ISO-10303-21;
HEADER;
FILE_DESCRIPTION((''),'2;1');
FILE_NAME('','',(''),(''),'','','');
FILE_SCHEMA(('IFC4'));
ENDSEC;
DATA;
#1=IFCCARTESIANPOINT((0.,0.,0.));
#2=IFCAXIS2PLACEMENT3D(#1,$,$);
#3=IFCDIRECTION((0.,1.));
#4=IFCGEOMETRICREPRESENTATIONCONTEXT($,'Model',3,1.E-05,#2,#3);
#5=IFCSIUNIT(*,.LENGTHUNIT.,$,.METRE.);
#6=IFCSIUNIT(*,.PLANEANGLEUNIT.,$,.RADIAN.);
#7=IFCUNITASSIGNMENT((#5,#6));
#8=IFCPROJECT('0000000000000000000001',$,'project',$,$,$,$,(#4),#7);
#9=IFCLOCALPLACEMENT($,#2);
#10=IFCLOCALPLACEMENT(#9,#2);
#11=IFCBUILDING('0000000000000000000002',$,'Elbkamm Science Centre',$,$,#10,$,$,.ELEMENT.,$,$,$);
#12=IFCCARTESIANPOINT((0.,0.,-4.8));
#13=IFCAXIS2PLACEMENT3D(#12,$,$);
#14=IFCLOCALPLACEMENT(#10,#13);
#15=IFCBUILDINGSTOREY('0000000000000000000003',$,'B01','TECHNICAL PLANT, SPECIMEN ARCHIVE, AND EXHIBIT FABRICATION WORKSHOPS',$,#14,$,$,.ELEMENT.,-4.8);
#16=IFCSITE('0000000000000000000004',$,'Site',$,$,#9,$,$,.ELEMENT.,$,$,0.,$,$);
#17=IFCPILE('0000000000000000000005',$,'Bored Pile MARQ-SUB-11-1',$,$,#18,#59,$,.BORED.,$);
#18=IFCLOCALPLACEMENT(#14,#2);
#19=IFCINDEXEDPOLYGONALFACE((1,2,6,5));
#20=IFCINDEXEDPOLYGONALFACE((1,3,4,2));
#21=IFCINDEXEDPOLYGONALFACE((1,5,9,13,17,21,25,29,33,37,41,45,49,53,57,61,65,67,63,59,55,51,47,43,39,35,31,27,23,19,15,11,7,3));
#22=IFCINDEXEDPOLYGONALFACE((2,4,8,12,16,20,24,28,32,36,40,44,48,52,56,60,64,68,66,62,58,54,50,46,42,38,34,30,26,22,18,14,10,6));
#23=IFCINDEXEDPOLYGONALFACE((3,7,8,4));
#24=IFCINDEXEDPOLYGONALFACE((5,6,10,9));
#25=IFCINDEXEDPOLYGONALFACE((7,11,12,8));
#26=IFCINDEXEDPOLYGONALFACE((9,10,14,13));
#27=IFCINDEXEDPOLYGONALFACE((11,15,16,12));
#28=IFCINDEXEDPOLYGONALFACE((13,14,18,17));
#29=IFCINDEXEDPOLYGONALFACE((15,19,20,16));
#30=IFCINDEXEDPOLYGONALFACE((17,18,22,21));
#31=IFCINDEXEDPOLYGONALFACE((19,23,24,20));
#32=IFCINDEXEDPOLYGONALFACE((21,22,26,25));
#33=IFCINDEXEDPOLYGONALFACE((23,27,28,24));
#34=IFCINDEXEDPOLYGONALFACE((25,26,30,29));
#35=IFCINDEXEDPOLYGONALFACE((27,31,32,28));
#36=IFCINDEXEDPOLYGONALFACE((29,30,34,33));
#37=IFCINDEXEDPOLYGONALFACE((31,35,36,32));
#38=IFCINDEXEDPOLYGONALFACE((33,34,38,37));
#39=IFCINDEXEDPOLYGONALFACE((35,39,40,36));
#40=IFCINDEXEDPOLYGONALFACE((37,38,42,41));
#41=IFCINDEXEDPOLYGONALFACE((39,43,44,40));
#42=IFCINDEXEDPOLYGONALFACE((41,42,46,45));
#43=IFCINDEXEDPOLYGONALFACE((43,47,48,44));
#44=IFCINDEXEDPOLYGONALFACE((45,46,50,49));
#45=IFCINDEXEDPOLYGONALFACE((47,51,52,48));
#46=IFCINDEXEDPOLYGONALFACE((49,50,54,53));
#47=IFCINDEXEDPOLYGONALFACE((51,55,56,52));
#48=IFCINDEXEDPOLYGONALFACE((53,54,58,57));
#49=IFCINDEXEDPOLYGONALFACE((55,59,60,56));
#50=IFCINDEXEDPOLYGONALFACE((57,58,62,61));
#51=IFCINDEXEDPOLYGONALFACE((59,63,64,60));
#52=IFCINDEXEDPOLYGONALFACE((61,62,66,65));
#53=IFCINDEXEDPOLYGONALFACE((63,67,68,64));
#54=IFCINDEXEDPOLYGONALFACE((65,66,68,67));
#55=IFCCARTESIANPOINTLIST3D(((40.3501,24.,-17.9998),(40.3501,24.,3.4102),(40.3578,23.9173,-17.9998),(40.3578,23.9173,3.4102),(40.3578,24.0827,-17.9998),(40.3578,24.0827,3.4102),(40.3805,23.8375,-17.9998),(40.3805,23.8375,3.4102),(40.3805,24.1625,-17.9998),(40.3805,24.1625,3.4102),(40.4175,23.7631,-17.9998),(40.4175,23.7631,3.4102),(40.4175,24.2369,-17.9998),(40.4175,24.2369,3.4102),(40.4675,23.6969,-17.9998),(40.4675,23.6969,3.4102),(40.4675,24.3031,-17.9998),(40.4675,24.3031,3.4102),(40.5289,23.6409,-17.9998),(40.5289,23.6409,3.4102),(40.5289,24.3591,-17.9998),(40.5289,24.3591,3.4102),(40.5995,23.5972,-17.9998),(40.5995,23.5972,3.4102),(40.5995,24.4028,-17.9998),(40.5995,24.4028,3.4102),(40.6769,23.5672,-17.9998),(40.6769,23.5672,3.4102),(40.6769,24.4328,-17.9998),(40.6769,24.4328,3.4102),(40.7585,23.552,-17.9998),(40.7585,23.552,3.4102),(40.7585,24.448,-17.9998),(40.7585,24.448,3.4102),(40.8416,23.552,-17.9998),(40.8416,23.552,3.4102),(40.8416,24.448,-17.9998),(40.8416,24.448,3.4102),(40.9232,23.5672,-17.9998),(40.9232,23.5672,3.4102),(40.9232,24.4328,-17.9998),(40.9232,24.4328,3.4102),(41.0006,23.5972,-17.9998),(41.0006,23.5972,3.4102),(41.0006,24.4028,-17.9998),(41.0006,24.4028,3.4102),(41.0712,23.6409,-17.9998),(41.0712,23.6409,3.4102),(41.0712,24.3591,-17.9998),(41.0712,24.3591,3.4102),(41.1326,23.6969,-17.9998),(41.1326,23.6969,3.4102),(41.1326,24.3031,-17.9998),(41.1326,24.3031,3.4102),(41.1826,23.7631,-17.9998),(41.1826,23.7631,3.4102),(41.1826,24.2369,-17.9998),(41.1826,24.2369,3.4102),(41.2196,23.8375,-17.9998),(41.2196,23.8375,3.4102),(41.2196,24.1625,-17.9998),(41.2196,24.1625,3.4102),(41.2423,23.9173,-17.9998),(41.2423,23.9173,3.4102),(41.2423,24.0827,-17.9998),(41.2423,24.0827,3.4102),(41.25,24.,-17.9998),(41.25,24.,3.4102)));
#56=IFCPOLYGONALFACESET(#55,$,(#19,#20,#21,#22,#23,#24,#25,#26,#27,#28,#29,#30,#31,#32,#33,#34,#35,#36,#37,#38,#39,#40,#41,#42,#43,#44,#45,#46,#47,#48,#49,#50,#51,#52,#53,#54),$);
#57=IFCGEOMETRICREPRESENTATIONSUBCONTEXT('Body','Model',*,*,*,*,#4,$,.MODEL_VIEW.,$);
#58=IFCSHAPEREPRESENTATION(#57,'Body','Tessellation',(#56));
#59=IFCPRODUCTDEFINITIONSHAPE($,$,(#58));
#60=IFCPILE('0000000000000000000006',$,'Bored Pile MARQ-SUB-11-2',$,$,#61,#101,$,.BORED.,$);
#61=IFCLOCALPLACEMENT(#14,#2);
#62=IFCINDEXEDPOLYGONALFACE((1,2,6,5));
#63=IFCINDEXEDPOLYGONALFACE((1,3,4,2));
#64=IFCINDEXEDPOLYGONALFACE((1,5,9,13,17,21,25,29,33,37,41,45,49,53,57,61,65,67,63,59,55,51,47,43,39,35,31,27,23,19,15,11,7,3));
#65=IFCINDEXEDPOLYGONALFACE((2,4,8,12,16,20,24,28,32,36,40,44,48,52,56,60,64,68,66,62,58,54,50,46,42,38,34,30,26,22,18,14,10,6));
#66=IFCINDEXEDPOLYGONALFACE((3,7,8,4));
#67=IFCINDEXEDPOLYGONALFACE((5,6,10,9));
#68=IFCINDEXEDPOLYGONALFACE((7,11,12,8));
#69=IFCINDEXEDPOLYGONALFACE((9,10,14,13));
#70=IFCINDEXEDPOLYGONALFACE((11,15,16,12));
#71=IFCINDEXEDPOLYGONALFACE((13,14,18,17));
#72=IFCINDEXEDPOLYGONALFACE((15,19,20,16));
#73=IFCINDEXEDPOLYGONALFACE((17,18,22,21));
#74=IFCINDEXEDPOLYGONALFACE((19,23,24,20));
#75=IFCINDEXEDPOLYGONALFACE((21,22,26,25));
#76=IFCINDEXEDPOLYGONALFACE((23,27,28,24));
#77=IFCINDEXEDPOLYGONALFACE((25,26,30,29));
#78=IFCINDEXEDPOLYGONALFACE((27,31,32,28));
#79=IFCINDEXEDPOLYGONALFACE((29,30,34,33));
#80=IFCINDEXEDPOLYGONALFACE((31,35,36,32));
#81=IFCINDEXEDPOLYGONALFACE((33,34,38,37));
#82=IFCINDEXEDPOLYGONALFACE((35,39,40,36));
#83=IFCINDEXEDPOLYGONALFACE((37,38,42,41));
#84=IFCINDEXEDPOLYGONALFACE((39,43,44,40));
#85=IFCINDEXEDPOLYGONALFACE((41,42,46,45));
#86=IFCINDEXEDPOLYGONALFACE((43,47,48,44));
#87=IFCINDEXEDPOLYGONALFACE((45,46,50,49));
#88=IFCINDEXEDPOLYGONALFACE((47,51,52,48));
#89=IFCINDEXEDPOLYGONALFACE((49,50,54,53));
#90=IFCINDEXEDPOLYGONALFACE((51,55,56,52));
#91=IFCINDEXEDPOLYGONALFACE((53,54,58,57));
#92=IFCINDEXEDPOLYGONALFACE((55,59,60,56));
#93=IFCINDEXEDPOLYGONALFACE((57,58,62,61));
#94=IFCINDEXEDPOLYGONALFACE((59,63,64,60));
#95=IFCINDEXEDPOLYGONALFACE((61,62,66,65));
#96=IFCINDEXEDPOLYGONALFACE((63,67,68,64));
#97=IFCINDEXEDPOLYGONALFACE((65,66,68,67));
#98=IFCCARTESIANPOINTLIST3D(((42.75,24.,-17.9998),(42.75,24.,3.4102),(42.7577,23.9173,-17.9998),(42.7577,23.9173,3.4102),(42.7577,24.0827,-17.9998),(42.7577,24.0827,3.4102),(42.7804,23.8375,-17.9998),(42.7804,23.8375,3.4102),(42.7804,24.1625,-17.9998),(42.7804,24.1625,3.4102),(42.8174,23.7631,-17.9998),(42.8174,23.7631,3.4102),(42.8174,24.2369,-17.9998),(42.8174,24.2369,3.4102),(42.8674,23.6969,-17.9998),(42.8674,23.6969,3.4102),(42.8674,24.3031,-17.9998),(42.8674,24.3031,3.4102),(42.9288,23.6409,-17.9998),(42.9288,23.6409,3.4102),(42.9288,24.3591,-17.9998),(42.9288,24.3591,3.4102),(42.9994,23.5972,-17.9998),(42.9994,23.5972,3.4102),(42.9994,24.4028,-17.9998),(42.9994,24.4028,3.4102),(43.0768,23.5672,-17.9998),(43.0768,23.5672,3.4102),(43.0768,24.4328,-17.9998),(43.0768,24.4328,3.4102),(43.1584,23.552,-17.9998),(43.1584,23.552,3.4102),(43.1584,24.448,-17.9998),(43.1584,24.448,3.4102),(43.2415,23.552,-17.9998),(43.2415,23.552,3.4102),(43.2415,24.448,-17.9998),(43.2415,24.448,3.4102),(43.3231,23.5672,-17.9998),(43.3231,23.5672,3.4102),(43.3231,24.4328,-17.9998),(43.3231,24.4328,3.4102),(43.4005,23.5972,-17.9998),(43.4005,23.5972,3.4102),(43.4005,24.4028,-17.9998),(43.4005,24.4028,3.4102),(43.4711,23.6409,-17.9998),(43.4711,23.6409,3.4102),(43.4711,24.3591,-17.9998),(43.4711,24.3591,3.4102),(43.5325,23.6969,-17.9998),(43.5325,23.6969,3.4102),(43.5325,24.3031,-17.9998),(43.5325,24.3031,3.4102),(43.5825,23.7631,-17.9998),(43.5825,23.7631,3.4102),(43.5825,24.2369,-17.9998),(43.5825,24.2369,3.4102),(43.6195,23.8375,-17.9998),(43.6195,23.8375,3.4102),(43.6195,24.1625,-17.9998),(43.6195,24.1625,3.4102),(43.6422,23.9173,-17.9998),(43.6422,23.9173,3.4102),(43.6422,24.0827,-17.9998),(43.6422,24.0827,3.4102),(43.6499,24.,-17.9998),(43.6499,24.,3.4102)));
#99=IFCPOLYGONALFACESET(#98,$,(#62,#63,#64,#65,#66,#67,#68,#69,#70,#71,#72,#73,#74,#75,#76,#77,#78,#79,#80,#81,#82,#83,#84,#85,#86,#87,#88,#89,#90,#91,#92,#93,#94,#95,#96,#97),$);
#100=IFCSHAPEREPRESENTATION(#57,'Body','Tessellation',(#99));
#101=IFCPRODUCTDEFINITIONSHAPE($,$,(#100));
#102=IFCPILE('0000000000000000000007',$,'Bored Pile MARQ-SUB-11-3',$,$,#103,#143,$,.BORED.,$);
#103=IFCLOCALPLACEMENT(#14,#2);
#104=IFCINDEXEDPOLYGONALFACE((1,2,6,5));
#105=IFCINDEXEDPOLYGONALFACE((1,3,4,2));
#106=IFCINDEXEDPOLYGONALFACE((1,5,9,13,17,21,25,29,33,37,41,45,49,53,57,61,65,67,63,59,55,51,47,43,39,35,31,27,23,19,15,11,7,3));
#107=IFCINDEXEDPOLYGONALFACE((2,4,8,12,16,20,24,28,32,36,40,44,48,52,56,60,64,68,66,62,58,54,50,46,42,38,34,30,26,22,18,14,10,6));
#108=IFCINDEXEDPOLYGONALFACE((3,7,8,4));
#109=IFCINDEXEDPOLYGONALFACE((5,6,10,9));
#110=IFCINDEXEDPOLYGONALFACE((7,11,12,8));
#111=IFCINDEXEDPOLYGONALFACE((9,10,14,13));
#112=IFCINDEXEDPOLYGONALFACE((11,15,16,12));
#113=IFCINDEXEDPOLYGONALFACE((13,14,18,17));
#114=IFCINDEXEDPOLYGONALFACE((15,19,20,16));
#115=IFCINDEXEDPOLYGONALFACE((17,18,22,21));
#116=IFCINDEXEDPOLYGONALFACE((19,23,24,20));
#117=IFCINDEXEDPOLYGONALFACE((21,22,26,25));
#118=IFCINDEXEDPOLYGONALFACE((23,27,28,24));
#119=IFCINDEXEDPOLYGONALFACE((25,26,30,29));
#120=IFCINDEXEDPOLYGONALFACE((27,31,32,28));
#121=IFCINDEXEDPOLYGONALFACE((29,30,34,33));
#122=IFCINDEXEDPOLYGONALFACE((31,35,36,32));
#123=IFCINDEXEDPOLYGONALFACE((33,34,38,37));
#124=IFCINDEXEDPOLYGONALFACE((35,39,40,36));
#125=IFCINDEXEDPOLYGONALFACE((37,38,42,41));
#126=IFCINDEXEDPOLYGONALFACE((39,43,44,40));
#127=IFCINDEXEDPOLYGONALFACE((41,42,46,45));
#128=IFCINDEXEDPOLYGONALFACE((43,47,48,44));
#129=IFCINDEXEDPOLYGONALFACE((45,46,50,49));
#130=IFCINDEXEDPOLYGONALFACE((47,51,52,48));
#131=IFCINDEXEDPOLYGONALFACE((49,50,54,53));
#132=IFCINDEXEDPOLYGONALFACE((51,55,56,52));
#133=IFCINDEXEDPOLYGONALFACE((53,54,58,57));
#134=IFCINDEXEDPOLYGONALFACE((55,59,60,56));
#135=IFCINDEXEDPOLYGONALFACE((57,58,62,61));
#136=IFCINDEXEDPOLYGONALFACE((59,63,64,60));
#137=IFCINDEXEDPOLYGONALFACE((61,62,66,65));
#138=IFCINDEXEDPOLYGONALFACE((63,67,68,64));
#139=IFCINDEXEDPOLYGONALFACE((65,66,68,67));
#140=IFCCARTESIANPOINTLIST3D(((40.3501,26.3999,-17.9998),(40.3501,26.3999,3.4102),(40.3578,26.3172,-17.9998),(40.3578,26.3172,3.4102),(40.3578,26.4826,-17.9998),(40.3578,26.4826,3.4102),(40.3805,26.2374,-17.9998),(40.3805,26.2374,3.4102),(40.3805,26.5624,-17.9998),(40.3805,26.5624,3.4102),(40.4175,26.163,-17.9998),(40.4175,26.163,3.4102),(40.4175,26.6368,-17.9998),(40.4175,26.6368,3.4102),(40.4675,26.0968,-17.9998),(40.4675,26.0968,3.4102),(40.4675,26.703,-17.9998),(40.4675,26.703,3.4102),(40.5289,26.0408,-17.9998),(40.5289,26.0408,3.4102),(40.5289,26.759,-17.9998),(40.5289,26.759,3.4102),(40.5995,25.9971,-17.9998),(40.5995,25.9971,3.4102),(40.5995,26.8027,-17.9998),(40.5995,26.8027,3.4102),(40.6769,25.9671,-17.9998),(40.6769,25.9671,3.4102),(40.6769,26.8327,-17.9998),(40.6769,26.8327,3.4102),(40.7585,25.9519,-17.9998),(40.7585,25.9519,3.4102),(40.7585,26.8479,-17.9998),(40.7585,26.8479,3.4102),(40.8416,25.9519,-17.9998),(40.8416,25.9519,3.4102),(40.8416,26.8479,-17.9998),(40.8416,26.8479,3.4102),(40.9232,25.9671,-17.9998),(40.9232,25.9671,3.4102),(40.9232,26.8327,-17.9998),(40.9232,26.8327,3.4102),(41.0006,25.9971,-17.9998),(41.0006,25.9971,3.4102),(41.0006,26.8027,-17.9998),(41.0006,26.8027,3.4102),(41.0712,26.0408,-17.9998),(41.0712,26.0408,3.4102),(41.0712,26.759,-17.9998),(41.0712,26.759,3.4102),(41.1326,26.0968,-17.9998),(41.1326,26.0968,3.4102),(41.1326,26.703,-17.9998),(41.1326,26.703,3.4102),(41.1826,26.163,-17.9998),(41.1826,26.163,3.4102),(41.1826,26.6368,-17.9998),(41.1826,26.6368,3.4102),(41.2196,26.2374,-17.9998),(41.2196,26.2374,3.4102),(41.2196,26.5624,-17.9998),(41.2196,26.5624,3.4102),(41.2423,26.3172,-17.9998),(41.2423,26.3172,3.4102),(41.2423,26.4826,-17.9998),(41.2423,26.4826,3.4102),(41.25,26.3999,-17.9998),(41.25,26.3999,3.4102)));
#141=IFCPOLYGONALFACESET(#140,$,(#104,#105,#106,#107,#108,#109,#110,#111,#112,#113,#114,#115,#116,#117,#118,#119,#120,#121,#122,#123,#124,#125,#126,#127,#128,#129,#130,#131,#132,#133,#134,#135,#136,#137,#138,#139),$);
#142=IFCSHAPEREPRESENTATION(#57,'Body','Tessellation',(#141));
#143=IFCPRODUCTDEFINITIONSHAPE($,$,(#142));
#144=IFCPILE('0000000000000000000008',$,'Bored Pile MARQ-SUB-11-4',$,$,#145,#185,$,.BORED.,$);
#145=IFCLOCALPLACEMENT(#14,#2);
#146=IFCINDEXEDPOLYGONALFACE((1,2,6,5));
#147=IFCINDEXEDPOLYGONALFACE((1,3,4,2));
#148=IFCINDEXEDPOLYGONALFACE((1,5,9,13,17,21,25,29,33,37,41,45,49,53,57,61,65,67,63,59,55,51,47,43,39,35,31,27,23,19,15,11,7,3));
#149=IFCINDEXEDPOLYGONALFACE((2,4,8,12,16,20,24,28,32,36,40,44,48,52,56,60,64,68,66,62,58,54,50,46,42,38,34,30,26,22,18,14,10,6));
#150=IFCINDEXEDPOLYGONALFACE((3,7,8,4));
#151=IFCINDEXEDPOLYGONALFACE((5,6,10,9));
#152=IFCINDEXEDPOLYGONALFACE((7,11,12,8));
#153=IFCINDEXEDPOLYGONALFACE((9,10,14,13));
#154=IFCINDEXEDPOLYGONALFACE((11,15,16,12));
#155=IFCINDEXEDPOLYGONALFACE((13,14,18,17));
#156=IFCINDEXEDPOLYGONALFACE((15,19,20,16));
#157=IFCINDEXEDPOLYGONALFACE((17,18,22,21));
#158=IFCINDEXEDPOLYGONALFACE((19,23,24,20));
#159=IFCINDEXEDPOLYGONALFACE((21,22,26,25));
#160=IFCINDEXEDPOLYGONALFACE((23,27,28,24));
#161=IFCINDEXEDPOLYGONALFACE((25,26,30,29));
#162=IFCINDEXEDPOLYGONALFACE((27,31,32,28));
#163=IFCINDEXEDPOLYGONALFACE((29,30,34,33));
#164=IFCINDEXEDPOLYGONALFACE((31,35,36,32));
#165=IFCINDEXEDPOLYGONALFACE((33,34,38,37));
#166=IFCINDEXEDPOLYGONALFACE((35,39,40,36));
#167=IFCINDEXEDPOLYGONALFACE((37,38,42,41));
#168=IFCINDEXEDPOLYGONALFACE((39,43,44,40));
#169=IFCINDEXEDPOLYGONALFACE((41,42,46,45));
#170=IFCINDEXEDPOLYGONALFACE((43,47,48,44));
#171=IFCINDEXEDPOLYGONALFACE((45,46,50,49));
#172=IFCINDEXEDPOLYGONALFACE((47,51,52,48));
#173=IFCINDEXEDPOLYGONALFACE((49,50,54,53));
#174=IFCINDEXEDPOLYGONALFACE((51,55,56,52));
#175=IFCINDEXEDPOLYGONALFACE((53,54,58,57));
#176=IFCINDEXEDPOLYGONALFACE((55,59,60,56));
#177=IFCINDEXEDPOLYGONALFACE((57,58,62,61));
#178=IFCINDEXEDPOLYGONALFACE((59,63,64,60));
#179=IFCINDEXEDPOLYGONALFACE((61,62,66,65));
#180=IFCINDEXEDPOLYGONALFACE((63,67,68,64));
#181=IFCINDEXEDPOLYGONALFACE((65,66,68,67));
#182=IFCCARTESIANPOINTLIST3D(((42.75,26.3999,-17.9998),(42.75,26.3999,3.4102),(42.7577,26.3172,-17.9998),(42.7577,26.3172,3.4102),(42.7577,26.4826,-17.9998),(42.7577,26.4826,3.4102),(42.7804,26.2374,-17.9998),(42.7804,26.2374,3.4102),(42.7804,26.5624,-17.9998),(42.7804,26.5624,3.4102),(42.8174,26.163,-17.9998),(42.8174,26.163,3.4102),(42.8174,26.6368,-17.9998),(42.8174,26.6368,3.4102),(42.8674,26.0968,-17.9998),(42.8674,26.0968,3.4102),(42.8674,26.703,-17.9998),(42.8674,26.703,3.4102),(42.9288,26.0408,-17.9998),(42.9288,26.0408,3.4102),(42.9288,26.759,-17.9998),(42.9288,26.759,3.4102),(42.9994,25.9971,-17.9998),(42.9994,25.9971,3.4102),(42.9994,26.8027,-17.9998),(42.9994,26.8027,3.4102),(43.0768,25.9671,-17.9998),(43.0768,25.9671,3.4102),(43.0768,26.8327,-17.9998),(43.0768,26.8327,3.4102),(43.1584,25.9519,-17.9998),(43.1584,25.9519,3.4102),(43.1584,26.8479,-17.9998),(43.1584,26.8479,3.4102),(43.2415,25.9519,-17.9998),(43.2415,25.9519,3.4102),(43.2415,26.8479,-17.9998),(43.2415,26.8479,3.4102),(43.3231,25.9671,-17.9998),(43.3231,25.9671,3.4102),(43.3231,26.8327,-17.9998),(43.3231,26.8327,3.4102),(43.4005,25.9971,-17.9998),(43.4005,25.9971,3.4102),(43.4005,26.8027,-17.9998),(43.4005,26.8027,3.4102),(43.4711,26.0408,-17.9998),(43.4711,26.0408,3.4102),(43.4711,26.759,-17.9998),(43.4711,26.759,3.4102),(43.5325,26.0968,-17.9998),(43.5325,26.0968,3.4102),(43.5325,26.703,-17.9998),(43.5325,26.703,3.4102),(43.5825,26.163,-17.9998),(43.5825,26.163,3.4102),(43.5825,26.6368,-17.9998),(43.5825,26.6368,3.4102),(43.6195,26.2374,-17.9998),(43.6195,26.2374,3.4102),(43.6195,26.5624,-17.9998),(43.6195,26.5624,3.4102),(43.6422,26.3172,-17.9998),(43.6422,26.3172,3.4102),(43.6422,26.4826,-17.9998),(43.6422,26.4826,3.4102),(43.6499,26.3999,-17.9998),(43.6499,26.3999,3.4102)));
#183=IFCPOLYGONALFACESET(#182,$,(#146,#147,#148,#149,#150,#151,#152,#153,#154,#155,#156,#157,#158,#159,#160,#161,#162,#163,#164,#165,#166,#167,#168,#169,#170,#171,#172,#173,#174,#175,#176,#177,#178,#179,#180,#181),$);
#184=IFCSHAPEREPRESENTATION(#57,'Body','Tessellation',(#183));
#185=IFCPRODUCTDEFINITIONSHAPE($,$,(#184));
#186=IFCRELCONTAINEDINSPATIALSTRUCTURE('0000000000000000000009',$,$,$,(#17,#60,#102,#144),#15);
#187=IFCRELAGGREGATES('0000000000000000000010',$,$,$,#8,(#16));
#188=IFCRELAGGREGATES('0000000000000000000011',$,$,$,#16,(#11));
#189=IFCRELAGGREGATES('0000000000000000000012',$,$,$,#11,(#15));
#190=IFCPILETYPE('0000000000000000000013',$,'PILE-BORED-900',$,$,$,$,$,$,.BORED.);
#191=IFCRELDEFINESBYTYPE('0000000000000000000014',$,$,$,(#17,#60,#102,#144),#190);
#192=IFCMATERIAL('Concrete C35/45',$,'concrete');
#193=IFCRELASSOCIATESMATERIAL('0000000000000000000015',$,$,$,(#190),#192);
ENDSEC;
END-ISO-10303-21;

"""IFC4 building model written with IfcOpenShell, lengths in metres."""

from ifc_helpers import new_model, si_unit, direction, frame, origin, origin_2d, place, context, subcontext, project, spatial, circle, extrude, material, material_profile, profile_set, type_object, element, save


model = new_model("IFC4")

# Units and contexts
model_context = context("Model", 3, precision=1e-05, world=origin(), true_north=direction((0.0, 1.0)))
body_context = subcontext(model_context, "Body", "Model", "MODEL_VIEW")
ifc_project = project(units=[si_unit("LENGTHUNIT", "METRE"), si_unit("PLANEANGLEUNIT", "RADIAN")], contexts=[model_context])

# Site, building, storey
site_placement = place(None, origin())
site = spatial("IfcSite", under=ifc_project, at=site_placement, Name="Site", CompositionType="ELEMENT", RefElevation=0.0)
building_placement = place(site_placement, origin())
building = spatial("IfcBuilding", under=site, at=building_placement, Name="Elbkamm Science Centre", CompositionType="ELEMENT")
storey_placement = place(building_placement, frame((0.0, 0.0, -4.8)))
storey = spatial("IfcBuildingStorey", under=building, at=storey_placement, Name="B01", Description="TECHNICAL PLANT, SPECIMEN ARCHIVE, AND EXHIBIT FABRICATION WORKSHOPS", CompositionType="ELEMENT", Elevation=-4.8)

# Shared definitions
ifc_material_1 = material(Name="Concrete C35/45", Category="concrete")

# Piles
ifc_material_profile_1 = material_profile(ifc_material_1, circle(Radius=0.45, at=origin_2d()), Name="PILE D900")
ifc_profile_set_1 = profile_set([ifc_material_profile_1], Name="Concrete C35/45")
pile_type = type_object("IfcPileType", Name="PILE-BORED-900", PredefinedType="BORED", material=ifc_profile_set_1)
for number, where, z_axis, x_axis, name in (
    (1, (40.8, 24.0, 3.4102), (0.0, 0.0, -1.0), (1.0, 0.0, 0.0), "Bored Pile MARQ-SUB-11-1"),
    (2, (43.2, 24.0, 3.4102), (0.0, 0.0, -1.0), (1.0, 0.0, 0.0), "Bored Pile MARQ-SUB-11-2"),
    (3, (40.8, 26.3999, 3.4102), (0.0, 0.0, -1.0), (1.0, 0.0, 0.0), "Bored Pile MARQ-SUB-11-3"),
    (4, (43.2, 26.3999, 3.4102), (0.0, 0.0, -1.0), (1.0, 0.0, 0.0), "Bored Pile MARQ-SUB-11-4"),
):
    element("IfcPile", number, at=place(storey_placement, frame(where, z_axis=z_axis, x_axis=x_axis)), inside=storey, type_object=pile_type, Name=name, PredefinedType="BORED", context=body_context, shape_type="SweptSolid", body=[
        extrude(circle(Radius=0.45, at=origin_2d()), origin(), (0.0, 0.0, 1.0), 21.4099),
    ])

save(model, "model.ifc")
